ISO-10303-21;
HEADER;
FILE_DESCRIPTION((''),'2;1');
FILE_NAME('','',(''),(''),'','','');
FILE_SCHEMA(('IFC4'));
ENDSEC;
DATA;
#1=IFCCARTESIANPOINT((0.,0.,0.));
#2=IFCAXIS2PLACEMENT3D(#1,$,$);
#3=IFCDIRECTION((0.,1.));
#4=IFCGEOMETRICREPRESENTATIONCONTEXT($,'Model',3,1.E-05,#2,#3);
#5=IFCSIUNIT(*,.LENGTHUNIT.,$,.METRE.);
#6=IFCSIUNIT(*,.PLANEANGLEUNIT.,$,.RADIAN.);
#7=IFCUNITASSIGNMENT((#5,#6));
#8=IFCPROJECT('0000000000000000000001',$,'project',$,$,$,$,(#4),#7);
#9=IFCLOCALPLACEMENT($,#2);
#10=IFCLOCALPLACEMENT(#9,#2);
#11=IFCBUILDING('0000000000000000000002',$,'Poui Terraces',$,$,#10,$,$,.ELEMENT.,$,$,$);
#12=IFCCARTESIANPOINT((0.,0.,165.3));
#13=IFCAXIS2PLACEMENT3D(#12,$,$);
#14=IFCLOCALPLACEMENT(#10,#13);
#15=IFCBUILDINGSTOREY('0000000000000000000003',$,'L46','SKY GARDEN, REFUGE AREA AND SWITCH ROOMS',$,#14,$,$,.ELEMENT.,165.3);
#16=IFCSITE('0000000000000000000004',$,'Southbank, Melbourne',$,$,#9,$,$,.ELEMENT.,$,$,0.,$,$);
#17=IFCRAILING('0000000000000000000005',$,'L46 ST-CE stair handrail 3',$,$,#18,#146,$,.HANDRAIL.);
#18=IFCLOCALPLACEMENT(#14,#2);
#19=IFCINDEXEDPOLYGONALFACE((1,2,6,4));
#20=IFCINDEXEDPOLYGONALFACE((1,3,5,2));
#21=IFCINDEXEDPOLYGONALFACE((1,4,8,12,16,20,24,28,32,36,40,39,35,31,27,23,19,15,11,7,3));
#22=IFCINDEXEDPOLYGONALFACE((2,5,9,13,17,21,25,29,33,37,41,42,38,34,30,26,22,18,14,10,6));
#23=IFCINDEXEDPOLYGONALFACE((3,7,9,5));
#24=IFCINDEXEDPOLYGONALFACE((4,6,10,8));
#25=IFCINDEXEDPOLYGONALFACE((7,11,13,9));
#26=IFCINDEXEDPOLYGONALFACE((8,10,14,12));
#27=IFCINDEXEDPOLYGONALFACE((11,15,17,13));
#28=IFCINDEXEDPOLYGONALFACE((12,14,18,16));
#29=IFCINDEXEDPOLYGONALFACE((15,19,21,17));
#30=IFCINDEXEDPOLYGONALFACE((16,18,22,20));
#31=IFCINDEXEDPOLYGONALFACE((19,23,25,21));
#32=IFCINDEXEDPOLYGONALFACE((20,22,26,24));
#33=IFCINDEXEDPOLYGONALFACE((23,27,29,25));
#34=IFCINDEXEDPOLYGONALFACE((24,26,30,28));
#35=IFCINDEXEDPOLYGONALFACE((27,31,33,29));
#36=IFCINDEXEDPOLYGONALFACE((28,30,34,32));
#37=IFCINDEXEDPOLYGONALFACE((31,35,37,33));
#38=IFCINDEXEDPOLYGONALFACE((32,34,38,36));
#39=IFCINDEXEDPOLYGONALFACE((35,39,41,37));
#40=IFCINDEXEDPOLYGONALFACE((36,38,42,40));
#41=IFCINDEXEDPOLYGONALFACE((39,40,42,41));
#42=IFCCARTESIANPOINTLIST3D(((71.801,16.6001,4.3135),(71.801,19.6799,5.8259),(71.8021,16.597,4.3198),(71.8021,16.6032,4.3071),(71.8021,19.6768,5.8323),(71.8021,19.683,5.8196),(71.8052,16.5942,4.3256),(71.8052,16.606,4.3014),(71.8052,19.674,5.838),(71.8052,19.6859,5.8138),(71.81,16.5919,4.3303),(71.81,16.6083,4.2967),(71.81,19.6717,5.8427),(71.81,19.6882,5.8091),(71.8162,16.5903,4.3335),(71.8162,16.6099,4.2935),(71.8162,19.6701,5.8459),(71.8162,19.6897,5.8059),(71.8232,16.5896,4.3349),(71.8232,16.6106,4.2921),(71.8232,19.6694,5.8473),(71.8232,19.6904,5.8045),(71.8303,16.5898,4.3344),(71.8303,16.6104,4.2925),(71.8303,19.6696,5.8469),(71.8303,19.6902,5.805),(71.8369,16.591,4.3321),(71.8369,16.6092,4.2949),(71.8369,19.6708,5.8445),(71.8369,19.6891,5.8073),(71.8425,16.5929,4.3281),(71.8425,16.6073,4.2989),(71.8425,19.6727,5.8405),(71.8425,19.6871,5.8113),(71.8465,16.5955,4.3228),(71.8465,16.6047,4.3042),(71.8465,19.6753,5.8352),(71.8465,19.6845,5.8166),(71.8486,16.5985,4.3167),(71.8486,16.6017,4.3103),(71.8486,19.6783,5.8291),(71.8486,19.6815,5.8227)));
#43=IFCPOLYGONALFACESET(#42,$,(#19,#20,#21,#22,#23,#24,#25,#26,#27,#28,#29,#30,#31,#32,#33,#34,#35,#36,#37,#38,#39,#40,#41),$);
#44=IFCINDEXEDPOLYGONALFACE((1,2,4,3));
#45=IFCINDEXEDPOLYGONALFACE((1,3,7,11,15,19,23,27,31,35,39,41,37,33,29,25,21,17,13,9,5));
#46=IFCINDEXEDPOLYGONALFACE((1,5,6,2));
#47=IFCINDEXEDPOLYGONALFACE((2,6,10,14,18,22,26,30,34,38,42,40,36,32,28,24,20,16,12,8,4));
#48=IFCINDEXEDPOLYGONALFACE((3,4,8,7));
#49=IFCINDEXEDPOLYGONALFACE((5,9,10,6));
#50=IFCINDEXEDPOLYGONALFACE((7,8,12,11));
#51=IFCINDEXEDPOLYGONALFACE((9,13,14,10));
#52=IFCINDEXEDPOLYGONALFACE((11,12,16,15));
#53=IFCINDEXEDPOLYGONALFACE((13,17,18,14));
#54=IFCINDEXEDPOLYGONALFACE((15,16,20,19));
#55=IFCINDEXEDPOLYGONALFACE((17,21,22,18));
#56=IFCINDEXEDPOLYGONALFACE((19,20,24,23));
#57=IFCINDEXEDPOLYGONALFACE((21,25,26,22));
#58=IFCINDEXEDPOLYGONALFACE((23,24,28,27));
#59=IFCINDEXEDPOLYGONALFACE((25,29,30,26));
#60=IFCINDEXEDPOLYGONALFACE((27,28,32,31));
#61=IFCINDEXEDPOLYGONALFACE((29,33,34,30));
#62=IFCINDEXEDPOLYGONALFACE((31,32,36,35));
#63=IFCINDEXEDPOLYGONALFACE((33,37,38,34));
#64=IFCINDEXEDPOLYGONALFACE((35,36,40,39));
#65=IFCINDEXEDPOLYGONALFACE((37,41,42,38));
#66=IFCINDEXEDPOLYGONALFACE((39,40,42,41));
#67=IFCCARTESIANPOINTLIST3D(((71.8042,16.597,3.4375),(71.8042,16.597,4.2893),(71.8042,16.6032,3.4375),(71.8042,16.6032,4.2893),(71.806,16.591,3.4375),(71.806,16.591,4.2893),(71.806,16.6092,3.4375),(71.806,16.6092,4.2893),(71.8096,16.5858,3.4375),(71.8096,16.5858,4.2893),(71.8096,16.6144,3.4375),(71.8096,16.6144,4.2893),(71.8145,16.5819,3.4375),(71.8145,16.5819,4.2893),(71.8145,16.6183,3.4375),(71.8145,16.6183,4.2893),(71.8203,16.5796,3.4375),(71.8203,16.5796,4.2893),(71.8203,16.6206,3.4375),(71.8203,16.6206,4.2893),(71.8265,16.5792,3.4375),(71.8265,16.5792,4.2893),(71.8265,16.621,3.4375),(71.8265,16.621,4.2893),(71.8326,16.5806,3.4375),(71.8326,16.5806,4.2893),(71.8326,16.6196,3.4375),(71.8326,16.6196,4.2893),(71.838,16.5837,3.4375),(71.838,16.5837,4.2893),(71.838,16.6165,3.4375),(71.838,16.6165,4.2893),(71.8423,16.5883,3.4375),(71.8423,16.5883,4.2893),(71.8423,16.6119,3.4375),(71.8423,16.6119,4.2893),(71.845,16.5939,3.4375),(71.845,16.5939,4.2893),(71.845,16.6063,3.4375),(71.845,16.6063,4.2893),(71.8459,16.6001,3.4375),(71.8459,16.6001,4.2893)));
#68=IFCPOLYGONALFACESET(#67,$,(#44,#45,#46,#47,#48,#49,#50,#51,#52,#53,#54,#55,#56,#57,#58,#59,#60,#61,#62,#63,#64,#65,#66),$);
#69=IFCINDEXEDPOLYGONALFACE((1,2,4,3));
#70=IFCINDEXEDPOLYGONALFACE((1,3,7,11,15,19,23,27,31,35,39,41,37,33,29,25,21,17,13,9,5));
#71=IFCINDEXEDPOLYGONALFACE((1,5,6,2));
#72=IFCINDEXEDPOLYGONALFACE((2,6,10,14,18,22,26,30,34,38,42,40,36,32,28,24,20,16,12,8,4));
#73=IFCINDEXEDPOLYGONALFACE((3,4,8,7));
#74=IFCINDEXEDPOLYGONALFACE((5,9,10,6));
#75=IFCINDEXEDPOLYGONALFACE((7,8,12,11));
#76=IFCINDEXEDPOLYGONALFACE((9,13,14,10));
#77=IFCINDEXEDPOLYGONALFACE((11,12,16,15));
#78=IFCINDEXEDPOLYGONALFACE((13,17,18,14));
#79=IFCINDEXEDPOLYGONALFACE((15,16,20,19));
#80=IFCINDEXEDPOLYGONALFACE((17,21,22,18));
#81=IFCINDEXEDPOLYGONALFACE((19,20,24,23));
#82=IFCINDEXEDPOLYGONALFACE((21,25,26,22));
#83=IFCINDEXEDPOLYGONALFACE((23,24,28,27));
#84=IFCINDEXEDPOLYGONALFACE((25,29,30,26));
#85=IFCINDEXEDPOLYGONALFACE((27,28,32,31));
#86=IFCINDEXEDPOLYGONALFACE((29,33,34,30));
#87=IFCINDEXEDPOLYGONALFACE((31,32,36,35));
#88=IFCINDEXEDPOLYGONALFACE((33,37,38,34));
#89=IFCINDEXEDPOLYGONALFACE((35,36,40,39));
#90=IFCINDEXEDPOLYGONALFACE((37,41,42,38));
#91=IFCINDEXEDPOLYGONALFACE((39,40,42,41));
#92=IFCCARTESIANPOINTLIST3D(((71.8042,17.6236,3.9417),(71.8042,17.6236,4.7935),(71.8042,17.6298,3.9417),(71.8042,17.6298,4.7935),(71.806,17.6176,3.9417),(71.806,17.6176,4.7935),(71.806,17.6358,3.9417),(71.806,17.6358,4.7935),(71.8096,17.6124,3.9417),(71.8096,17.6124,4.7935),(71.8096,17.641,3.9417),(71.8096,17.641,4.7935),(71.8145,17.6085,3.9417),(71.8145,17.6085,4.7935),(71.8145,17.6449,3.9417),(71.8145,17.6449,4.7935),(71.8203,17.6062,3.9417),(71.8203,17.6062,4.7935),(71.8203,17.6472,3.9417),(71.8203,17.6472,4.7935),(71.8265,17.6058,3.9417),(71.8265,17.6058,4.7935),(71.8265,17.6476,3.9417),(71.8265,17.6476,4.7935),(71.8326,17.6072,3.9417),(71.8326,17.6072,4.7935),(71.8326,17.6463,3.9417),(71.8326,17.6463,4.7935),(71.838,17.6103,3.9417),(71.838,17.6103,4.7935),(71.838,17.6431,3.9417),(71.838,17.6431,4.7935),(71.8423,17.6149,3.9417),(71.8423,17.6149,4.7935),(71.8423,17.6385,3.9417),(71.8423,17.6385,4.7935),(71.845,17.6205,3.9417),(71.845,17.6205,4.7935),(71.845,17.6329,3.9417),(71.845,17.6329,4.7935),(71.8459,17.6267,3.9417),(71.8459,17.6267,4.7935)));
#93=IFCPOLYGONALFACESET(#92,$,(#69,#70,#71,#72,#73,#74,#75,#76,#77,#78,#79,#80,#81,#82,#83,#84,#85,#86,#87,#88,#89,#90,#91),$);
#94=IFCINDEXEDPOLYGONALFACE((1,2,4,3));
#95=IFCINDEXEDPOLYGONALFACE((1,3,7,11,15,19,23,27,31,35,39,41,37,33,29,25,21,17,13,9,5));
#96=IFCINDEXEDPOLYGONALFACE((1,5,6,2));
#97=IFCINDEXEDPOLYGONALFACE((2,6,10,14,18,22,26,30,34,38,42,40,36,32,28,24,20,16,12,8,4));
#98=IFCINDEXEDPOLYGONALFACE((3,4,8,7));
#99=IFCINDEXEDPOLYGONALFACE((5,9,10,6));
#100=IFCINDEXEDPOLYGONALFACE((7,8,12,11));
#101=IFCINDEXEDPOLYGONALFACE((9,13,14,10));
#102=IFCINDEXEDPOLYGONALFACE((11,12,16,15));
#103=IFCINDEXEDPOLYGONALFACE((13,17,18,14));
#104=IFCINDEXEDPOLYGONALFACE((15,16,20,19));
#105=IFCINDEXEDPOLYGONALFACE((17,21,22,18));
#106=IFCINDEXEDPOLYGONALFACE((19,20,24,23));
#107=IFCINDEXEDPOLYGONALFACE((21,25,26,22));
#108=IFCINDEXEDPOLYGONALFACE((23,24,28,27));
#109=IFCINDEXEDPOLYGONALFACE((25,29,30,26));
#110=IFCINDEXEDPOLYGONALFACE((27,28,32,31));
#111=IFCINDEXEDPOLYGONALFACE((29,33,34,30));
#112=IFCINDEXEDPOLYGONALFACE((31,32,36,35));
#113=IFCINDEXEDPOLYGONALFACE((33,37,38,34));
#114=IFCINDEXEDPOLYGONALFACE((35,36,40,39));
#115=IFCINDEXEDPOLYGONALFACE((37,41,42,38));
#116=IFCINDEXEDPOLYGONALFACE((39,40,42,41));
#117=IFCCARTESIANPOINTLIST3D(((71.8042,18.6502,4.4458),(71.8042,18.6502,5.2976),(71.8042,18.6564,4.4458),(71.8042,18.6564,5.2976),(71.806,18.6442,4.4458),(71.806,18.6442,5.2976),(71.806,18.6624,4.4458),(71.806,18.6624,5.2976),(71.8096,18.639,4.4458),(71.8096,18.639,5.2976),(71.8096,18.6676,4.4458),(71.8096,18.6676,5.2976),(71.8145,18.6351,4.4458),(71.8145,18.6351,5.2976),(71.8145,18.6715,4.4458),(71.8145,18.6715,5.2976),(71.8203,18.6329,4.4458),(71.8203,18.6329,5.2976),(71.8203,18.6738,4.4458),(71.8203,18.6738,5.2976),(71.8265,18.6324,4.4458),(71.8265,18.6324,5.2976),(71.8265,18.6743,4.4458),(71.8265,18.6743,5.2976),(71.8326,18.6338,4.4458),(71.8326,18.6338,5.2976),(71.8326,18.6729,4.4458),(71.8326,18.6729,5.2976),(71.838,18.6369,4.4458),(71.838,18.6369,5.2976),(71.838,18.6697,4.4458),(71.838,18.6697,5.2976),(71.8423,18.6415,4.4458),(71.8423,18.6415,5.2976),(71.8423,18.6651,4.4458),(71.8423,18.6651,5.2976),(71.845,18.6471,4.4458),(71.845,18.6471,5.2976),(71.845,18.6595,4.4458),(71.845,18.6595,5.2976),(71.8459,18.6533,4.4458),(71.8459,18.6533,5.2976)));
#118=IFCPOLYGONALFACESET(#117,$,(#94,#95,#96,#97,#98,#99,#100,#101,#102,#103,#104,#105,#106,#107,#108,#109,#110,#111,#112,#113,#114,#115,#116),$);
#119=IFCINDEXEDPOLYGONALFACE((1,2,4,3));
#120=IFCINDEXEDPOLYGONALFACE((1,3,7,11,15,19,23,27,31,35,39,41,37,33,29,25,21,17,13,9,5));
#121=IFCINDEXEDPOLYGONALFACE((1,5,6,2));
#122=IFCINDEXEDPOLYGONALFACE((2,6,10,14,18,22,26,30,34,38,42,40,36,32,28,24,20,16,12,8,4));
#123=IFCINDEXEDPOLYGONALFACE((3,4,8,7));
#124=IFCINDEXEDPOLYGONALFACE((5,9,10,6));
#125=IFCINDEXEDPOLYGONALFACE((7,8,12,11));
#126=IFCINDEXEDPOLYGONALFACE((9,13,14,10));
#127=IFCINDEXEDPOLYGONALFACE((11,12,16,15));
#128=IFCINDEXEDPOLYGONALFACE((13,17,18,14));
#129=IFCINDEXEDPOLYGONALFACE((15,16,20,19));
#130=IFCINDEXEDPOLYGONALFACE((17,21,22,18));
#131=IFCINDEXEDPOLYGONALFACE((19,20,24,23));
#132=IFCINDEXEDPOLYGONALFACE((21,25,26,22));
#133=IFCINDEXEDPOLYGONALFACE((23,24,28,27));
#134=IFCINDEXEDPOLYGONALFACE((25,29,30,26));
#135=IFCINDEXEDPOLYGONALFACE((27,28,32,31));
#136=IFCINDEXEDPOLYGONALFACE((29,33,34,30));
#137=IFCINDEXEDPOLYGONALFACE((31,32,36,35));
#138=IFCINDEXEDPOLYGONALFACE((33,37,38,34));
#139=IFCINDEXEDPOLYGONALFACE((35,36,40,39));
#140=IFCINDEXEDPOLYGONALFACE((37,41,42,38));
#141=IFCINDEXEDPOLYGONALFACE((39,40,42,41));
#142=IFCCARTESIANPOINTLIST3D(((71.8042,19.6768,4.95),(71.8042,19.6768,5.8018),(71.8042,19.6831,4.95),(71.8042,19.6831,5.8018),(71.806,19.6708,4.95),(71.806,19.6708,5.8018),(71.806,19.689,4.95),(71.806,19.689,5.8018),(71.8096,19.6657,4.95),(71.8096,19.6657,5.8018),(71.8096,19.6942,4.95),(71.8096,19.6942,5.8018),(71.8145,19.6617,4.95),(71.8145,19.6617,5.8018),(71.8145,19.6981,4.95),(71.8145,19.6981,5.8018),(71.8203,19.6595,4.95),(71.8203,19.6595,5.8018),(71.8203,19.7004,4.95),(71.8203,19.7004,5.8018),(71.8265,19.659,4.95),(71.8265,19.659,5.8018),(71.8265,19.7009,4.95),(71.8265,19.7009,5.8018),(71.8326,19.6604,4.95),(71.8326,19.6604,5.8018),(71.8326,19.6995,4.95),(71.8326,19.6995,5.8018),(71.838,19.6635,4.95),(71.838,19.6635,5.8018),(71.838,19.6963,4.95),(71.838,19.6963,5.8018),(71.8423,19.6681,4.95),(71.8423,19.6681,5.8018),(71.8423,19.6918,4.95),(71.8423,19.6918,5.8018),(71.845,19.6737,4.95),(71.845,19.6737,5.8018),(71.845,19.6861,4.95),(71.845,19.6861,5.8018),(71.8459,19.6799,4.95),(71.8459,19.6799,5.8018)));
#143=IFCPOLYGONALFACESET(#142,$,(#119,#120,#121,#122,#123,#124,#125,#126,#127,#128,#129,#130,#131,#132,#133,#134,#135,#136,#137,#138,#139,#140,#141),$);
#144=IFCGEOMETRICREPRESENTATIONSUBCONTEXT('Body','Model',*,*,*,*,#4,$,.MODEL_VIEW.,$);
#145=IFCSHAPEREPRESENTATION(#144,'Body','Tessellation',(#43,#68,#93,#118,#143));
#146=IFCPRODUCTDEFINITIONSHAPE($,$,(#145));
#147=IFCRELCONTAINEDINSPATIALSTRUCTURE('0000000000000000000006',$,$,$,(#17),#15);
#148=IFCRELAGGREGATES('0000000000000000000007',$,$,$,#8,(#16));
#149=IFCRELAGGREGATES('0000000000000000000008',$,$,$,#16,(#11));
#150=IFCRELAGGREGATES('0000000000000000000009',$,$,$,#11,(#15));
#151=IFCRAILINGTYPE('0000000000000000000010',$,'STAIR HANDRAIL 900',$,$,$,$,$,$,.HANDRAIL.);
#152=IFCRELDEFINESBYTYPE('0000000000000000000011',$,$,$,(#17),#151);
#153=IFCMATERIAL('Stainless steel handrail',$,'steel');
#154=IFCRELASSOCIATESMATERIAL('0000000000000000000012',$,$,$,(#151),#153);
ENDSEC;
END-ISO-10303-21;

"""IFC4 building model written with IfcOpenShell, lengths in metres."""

from ifc_helpers import new_model, si_unit, direction, frame, origin, origin_2d, place, context, subcontext, project, spatial, circle, extrude, material, type_object, element, save


model = new_model("IFC4")

# Units and contexts
model_context = context("Model", 3, precision=1e-05, world=origin(), true_north=direction((0.0, 1.0)))
body_context = subcontext(model_context, "Body", "Model", "MODEL_VIEW")
ifc_project = project(units=[si_unit("LENGTHUNIT", "METRE"), si_unit("PLANEANGLEUNIT", "RADIAN")], contexts=[model_context])

# Site, building, storey
site_placement = place(None, origin())
site = spatial("IfcSite", under=ifc_project, at=site_placement, Name="Southbank, Melbourne", CompositionType="ELEMENT", RefElevation=0.0)
building_placement = place(site_placement, origin())
building = spatial("IfcBuilding", under=site, at=building_placement, Name="Poui Terraces", CompositionType="ELEMENT")
storey_placement = place(building_placement, frame((0.0, 0.0, 165.3)))
storey = spatial("IfcBuildingStorey", under=building, at=storey_placement, Name="L46", Description="SKY GARDEN, REFUGE AREA AND SWITCH ROOMS", CompositionType="ELEMENT", Elevation=165.3)

# Railing
ifc_material_1 = material(Name="Stainless steel handrail", Category="steel")
railing_type_1 = type_object("IfcRailingType", Name="STAIR HANDRAIL 900", PredefinedType="HANDRAIL", material=ifc_material_1)
railing_placement = place(storey_placement, frame((71.825, 16.6001, 3.4375)))
element("IfcRailing", 1, at=railing_placement, inside=storey, type_object=railing_type_1, Name="L46 ST-CE stair handrail 3", PredefinedType="HANDRAIL", context=body_context, shape_type="SweptSolid", body=[
    extrude(circle(Radius=0.0239, at=origin_2d()), frame((0.0, 0.0, 0.876), z_axis=(0.0, 0.897606, 0.440798), x_axis=(-1.0, 0.0, 0.0)), (0.0, 0.0, 1.0), 3.4312),
    extrude(circle(Radius=0.021, at=origin_2d()), origin(), (0.0, 0.0, 1.0), 0.8518),
    extrude(circle(Radius=0.021, at=origin_2d()), frame((0.0, 1.0266, 0.5042)), (0.0, 0.0, 1.0), 0.8518),
    extrude(circle(Radius=0.021, at=origin_2d()), frame((0.0, 2.0532, 1.0083)), (0.0, 0.0, 1.0), 0.8518),
    extrude(circle(Radius=0.021, at=origin_2d()), frame((0.0, 3.0798, 1.5125)), (0.0, 0.0, 1.0), 0.8518),
])

save(model, "model.ifc")
